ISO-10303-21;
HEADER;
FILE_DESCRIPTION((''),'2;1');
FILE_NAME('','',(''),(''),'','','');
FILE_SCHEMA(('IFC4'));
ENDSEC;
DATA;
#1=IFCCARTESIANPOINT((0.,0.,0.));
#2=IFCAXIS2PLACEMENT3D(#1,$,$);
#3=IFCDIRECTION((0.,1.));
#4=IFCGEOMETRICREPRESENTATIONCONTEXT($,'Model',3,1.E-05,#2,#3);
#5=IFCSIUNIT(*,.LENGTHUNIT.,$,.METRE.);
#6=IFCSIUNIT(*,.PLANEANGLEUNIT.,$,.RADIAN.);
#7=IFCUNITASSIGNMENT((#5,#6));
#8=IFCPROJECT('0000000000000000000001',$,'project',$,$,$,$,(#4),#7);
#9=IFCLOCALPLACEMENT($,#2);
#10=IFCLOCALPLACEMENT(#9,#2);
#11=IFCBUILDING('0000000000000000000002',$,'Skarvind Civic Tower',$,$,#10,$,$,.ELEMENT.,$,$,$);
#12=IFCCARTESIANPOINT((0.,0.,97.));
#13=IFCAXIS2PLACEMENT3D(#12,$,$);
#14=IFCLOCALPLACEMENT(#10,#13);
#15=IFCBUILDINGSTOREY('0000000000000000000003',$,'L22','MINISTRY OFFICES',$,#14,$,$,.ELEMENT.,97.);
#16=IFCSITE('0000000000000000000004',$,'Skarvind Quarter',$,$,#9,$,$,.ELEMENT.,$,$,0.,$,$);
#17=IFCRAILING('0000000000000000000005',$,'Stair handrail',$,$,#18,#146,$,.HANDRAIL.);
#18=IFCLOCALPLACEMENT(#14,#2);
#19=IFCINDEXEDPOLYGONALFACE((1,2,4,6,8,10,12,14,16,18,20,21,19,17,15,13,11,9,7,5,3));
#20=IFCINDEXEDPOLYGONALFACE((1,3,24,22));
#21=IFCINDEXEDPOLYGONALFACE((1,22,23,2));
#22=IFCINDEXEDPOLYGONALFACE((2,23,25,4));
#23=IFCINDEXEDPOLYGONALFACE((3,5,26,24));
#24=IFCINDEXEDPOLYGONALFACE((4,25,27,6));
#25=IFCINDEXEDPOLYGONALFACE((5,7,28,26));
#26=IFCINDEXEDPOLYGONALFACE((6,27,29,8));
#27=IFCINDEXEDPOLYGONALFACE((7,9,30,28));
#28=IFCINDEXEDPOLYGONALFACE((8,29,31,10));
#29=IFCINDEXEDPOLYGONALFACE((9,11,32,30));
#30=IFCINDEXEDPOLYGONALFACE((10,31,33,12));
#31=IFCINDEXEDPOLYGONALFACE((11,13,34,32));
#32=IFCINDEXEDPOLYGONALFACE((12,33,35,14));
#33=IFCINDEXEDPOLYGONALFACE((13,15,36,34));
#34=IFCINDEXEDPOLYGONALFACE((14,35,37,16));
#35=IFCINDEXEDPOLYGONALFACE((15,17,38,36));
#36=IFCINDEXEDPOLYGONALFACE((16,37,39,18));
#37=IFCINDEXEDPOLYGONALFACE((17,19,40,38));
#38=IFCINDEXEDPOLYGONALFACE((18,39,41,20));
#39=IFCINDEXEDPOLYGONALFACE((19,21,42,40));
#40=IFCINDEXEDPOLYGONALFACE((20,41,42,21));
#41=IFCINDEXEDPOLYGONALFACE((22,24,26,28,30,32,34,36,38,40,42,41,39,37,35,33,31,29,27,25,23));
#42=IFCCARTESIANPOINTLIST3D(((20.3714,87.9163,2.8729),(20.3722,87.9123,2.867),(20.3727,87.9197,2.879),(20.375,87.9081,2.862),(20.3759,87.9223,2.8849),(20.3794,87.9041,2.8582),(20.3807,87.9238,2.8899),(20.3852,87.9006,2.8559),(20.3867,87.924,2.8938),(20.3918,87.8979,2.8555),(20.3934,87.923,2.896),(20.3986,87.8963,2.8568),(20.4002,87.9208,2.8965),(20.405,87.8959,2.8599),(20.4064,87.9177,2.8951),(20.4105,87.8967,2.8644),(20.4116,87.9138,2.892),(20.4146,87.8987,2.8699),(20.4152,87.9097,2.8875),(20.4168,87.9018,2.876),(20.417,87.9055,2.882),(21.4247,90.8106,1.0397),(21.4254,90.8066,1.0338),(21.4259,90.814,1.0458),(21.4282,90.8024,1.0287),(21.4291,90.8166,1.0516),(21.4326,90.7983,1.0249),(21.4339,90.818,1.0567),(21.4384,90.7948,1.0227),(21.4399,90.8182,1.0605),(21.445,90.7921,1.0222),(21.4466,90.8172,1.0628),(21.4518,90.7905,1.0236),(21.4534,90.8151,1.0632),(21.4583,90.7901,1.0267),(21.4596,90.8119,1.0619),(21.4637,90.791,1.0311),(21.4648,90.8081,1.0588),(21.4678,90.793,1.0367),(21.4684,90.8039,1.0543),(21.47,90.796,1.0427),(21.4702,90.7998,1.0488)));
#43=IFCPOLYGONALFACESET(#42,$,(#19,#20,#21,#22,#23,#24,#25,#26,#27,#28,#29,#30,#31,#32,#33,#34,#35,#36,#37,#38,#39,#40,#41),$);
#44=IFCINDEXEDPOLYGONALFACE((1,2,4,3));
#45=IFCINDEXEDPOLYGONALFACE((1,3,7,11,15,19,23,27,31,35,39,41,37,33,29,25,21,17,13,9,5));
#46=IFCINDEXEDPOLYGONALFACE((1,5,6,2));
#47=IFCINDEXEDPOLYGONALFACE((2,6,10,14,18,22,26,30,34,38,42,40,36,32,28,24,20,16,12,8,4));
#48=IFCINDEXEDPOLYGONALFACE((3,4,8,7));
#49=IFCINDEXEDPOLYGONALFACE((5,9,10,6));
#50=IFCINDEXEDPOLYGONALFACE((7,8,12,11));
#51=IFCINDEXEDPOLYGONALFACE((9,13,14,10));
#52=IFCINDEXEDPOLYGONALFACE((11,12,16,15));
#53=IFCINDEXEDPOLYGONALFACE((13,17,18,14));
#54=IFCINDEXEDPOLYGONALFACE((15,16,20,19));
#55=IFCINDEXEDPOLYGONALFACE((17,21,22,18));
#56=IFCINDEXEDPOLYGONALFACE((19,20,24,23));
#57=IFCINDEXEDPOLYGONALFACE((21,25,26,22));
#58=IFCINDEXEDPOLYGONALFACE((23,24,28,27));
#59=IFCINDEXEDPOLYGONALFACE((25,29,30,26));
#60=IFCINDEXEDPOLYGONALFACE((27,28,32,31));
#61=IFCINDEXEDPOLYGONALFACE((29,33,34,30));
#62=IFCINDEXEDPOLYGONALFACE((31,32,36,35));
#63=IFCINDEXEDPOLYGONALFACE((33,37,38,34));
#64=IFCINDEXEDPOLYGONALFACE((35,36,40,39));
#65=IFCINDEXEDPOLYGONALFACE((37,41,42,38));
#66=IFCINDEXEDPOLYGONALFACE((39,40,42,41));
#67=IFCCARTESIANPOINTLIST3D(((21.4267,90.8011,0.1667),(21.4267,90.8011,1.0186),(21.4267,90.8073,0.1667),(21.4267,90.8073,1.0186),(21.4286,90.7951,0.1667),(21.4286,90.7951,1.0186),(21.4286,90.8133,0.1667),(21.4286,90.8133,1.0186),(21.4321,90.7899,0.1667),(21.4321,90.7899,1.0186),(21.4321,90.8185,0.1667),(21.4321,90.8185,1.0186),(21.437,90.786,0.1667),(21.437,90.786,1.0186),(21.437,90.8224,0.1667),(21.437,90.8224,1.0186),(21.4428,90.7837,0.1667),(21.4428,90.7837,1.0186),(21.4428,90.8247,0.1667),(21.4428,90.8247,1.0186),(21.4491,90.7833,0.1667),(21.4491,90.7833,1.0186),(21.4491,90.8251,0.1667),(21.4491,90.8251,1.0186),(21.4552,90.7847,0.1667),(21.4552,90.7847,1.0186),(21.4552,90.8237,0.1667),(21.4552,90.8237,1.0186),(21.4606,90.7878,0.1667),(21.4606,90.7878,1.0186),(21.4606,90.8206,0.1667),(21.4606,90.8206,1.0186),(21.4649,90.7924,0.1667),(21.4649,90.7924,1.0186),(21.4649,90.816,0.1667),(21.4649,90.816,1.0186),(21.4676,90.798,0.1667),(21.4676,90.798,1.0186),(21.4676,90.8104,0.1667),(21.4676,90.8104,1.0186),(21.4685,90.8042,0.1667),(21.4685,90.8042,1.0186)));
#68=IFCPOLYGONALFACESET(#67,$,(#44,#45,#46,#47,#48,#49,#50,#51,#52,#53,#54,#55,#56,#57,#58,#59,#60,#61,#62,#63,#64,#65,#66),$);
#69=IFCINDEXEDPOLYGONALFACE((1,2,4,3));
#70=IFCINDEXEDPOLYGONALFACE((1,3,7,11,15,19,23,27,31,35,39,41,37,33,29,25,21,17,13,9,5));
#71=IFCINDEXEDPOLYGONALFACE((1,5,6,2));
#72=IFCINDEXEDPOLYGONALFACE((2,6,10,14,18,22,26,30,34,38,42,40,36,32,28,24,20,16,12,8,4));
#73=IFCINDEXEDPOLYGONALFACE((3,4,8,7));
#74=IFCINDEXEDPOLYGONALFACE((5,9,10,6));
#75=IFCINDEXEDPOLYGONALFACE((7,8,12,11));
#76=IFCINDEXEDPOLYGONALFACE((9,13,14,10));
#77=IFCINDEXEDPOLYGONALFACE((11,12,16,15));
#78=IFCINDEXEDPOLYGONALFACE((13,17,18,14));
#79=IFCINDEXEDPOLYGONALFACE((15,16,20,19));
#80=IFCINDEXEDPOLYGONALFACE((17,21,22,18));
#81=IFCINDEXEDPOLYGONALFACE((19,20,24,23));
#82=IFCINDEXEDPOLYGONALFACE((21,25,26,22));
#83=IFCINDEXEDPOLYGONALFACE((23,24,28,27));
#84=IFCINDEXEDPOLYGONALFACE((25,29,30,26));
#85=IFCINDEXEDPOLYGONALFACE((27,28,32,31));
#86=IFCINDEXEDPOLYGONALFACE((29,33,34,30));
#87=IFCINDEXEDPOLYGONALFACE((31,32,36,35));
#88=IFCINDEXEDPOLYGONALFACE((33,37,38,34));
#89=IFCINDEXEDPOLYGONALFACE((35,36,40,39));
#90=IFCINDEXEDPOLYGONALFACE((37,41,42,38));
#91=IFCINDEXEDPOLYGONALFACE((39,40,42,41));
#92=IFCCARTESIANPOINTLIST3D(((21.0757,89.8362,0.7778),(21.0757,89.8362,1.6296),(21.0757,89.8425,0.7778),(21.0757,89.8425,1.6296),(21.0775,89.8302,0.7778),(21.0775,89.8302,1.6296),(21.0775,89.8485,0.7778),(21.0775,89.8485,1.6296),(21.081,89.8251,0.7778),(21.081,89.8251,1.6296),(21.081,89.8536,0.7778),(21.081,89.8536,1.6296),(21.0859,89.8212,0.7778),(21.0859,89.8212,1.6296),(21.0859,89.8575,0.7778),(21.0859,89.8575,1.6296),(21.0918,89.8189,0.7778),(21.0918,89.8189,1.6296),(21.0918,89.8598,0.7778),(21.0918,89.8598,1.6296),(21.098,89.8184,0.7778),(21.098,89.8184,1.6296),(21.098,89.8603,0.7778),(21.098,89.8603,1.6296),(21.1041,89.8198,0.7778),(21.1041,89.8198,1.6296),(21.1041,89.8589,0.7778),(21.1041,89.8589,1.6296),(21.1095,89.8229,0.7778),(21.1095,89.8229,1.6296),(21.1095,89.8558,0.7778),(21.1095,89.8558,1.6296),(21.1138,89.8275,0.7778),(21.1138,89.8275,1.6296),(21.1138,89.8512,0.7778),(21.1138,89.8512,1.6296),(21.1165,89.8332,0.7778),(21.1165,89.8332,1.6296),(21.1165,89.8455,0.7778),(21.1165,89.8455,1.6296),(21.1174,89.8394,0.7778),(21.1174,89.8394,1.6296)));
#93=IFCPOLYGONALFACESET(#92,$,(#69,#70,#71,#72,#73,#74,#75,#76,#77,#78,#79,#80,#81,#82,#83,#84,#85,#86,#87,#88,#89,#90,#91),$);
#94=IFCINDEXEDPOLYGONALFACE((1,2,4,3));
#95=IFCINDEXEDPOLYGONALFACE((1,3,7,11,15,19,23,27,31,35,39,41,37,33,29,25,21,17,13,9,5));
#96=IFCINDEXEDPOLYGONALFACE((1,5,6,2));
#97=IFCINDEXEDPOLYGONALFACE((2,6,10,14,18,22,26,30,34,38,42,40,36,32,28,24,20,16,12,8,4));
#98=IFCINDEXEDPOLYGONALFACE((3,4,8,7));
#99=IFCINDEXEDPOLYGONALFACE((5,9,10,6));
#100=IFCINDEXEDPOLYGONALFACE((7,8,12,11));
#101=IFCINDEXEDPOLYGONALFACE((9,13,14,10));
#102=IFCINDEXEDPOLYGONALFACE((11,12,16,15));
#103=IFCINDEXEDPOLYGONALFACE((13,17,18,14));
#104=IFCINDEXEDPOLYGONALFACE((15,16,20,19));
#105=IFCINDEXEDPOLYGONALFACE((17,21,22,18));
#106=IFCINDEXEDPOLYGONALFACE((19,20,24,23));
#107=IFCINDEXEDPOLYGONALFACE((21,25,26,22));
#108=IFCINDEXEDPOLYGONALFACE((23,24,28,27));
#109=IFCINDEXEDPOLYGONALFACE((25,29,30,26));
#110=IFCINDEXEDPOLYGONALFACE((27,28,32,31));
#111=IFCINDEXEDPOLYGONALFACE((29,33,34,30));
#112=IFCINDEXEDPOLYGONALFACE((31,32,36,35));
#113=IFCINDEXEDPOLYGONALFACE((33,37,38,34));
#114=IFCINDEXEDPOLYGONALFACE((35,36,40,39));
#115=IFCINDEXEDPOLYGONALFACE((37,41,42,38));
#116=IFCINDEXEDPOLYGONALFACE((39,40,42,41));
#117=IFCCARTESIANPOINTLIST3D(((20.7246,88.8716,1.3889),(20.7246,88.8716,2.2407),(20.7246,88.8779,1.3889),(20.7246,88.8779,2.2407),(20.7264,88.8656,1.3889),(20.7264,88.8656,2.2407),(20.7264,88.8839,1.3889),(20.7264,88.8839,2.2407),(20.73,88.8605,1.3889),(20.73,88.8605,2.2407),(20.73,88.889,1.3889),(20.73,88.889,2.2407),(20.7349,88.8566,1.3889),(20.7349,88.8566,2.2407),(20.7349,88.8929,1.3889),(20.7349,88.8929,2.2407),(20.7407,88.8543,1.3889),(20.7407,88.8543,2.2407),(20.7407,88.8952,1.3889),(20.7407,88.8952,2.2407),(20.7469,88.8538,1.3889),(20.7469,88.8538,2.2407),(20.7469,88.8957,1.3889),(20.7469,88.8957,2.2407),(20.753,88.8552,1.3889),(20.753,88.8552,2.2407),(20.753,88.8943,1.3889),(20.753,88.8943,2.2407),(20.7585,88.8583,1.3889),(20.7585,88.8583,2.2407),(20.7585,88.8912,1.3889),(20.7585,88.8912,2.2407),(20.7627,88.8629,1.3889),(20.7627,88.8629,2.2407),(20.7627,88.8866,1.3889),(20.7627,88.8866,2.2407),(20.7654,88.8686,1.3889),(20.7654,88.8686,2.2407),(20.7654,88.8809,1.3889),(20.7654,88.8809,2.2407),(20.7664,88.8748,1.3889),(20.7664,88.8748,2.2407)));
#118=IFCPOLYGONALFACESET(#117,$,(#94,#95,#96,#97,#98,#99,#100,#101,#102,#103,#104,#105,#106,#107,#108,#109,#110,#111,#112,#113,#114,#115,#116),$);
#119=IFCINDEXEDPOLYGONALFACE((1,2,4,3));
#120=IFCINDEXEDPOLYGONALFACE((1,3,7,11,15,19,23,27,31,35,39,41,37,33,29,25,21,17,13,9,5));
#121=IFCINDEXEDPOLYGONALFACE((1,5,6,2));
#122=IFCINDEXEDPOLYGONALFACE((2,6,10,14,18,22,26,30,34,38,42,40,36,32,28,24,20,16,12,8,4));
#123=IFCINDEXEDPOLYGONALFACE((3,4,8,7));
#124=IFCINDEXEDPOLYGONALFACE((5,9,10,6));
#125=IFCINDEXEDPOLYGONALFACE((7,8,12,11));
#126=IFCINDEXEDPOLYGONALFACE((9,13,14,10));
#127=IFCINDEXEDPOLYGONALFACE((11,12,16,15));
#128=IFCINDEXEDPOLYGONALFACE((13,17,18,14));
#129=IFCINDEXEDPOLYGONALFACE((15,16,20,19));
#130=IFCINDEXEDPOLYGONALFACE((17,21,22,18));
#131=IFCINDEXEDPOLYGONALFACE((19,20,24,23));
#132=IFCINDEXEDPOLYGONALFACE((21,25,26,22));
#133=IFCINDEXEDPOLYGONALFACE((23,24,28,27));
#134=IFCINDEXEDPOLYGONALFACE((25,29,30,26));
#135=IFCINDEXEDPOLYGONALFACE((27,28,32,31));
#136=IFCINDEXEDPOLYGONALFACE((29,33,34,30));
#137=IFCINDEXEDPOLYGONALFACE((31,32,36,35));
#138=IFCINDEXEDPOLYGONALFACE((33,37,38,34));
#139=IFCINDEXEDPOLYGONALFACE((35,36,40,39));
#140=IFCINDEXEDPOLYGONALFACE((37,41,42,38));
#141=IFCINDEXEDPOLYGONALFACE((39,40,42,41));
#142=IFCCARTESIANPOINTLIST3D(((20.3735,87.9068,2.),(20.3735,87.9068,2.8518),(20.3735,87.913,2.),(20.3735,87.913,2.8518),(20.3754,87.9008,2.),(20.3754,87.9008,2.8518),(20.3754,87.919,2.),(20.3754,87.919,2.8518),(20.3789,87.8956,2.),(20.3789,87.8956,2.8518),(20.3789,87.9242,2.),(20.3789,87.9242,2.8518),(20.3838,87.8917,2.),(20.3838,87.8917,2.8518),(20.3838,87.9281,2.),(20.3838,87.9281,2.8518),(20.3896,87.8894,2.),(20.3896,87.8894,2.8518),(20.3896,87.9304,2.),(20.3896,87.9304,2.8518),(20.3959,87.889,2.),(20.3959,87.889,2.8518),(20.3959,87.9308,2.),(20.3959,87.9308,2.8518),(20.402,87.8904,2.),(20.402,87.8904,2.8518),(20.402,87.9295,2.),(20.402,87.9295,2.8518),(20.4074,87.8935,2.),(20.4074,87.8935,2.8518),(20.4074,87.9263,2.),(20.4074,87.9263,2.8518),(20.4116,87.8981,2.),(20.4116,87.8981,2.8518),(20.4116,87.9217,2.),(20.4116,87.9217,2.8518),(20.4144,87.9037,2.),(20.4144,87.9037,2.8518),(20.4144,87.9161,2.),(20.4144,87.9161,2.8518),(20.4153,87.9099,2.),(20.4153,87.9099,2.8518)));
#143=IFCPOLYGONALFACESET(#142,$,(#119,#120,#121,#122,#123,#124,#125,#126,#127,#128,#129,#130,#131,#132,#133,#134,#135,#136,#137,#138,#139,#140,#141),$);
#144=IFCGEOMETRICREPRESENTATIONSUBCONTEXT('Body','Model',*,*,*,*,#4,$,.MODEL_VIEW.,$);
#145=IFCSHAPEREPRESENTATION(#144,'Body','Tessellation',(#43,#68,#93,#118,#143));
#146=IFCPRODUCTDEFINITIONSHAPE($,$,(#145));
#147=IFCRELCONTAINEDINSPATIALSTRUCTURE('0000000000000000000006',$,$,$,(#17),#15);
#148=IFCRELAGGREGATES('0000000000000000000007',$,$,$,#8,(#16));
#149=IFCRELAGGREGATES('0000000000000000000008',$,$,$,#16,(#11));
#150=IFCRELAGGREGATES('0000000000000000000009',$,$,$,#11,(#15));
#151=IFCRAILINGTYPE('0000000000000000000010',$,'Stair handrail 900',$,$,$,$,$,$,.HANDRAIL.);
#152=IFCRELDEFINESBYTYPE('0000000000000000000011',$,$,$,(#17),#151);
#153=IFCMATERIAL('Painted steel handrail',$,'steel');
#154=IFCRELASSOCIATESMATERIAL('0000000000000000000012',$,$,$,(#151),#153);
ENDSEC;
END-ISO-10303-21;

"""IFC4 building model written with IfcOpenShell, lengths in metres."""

from ifc_helpers import new_model, si_unit, direction, frame, origin, origin_2d, place, context, subcontext, project, spatial, circle, extrude, material, type_object, element, save


model = new_model("IFC4")

# Units and contexts
model_context = context("Model", 3, precision=1e-05, world=origin(), true_north=direction((0.0, 1.0)))
body_context = subcontext(model_context, "Body", "Model", "MODEL_VIEW")
ifc_project = project(units=[si_unit("LENGTHUNIT", "METRE"), si_unit("PLANEANGLEUNIT", "RADIAN")], contexts=[model_context])

# Site, building, storey
site_placement = place(None, origin())
site = spatial("IfcSite", under=ifc_project, at=site_placement, Name="Skarvind Quarter", CompositionType="ELEMENT", RefElevation=0.0)
building_placement = place(site_placement, origin())
building = spatial("IfcBuilding", under=site, at=building_placement, Name="Skarvind Civic Tower", CompositionType="ELEMENT")
storey_placement = place(building_placement, frame((0.0, 0.0, 97.0)))
storey = spatial("IfcBuildingStorey", under=building, at=storey_placement, Name="L22", Description="MINISTRY OFFICES", CompositionType="ELEMENT", Elevation=97.0)

# Railing
ifc_material_1 = material(Name="Painted steel handrail", Category="steel")
railing_type = type_object("IfcRailingType", Name="Stair handrail 900", PredefinedType="HANDRAIL", material=ifc_material_1)
railing_1_placement = place(storey_placement, frame((21.4475, 90.8042, 0.1667)))
element("IfcRailing", 1, at=railing_1_placement, inside=storey, type_object=railing_type, Name="Stair handrail", PredefinedType="HANDRAIL", context=body_context, shape_type="SweptSolid", body=[
    extrude(circle(Radius=0.0239, at=origin_2d()), frame((0.0, 0.0, 0.876), z_axis=(-0.293846, -0.807497, 0.511472), x_axis=(0.939715, -0.341959, 0.0)), (0.0, 0.0, 1.0), 3.5842),
    extrude(circle(Radius=0.021, at=origin_2d()), origin(), (0.0, 0.0, 1.0), 0.8518),
    extrude(circle(Radius=0.021, at=origin_2d()), frame((-0.3511, -0.9648, 0.6111)), (0.0, 0.0, 1.0), 0.8518),
    extrude(circle(Radius=0.021, at=origin_2d()), frame((-0.7021, -1.9294, 1.2222)), (0.0, 0.0, 1.0), 0.8518),
    extrude(circle(Radius=0.021, at=origin_2d()), frame((-1.0532, -2.8943, 1.8333)), (0.0, 0.0, 1.0), 0.8518),
])

save(model, "model.ifc")
